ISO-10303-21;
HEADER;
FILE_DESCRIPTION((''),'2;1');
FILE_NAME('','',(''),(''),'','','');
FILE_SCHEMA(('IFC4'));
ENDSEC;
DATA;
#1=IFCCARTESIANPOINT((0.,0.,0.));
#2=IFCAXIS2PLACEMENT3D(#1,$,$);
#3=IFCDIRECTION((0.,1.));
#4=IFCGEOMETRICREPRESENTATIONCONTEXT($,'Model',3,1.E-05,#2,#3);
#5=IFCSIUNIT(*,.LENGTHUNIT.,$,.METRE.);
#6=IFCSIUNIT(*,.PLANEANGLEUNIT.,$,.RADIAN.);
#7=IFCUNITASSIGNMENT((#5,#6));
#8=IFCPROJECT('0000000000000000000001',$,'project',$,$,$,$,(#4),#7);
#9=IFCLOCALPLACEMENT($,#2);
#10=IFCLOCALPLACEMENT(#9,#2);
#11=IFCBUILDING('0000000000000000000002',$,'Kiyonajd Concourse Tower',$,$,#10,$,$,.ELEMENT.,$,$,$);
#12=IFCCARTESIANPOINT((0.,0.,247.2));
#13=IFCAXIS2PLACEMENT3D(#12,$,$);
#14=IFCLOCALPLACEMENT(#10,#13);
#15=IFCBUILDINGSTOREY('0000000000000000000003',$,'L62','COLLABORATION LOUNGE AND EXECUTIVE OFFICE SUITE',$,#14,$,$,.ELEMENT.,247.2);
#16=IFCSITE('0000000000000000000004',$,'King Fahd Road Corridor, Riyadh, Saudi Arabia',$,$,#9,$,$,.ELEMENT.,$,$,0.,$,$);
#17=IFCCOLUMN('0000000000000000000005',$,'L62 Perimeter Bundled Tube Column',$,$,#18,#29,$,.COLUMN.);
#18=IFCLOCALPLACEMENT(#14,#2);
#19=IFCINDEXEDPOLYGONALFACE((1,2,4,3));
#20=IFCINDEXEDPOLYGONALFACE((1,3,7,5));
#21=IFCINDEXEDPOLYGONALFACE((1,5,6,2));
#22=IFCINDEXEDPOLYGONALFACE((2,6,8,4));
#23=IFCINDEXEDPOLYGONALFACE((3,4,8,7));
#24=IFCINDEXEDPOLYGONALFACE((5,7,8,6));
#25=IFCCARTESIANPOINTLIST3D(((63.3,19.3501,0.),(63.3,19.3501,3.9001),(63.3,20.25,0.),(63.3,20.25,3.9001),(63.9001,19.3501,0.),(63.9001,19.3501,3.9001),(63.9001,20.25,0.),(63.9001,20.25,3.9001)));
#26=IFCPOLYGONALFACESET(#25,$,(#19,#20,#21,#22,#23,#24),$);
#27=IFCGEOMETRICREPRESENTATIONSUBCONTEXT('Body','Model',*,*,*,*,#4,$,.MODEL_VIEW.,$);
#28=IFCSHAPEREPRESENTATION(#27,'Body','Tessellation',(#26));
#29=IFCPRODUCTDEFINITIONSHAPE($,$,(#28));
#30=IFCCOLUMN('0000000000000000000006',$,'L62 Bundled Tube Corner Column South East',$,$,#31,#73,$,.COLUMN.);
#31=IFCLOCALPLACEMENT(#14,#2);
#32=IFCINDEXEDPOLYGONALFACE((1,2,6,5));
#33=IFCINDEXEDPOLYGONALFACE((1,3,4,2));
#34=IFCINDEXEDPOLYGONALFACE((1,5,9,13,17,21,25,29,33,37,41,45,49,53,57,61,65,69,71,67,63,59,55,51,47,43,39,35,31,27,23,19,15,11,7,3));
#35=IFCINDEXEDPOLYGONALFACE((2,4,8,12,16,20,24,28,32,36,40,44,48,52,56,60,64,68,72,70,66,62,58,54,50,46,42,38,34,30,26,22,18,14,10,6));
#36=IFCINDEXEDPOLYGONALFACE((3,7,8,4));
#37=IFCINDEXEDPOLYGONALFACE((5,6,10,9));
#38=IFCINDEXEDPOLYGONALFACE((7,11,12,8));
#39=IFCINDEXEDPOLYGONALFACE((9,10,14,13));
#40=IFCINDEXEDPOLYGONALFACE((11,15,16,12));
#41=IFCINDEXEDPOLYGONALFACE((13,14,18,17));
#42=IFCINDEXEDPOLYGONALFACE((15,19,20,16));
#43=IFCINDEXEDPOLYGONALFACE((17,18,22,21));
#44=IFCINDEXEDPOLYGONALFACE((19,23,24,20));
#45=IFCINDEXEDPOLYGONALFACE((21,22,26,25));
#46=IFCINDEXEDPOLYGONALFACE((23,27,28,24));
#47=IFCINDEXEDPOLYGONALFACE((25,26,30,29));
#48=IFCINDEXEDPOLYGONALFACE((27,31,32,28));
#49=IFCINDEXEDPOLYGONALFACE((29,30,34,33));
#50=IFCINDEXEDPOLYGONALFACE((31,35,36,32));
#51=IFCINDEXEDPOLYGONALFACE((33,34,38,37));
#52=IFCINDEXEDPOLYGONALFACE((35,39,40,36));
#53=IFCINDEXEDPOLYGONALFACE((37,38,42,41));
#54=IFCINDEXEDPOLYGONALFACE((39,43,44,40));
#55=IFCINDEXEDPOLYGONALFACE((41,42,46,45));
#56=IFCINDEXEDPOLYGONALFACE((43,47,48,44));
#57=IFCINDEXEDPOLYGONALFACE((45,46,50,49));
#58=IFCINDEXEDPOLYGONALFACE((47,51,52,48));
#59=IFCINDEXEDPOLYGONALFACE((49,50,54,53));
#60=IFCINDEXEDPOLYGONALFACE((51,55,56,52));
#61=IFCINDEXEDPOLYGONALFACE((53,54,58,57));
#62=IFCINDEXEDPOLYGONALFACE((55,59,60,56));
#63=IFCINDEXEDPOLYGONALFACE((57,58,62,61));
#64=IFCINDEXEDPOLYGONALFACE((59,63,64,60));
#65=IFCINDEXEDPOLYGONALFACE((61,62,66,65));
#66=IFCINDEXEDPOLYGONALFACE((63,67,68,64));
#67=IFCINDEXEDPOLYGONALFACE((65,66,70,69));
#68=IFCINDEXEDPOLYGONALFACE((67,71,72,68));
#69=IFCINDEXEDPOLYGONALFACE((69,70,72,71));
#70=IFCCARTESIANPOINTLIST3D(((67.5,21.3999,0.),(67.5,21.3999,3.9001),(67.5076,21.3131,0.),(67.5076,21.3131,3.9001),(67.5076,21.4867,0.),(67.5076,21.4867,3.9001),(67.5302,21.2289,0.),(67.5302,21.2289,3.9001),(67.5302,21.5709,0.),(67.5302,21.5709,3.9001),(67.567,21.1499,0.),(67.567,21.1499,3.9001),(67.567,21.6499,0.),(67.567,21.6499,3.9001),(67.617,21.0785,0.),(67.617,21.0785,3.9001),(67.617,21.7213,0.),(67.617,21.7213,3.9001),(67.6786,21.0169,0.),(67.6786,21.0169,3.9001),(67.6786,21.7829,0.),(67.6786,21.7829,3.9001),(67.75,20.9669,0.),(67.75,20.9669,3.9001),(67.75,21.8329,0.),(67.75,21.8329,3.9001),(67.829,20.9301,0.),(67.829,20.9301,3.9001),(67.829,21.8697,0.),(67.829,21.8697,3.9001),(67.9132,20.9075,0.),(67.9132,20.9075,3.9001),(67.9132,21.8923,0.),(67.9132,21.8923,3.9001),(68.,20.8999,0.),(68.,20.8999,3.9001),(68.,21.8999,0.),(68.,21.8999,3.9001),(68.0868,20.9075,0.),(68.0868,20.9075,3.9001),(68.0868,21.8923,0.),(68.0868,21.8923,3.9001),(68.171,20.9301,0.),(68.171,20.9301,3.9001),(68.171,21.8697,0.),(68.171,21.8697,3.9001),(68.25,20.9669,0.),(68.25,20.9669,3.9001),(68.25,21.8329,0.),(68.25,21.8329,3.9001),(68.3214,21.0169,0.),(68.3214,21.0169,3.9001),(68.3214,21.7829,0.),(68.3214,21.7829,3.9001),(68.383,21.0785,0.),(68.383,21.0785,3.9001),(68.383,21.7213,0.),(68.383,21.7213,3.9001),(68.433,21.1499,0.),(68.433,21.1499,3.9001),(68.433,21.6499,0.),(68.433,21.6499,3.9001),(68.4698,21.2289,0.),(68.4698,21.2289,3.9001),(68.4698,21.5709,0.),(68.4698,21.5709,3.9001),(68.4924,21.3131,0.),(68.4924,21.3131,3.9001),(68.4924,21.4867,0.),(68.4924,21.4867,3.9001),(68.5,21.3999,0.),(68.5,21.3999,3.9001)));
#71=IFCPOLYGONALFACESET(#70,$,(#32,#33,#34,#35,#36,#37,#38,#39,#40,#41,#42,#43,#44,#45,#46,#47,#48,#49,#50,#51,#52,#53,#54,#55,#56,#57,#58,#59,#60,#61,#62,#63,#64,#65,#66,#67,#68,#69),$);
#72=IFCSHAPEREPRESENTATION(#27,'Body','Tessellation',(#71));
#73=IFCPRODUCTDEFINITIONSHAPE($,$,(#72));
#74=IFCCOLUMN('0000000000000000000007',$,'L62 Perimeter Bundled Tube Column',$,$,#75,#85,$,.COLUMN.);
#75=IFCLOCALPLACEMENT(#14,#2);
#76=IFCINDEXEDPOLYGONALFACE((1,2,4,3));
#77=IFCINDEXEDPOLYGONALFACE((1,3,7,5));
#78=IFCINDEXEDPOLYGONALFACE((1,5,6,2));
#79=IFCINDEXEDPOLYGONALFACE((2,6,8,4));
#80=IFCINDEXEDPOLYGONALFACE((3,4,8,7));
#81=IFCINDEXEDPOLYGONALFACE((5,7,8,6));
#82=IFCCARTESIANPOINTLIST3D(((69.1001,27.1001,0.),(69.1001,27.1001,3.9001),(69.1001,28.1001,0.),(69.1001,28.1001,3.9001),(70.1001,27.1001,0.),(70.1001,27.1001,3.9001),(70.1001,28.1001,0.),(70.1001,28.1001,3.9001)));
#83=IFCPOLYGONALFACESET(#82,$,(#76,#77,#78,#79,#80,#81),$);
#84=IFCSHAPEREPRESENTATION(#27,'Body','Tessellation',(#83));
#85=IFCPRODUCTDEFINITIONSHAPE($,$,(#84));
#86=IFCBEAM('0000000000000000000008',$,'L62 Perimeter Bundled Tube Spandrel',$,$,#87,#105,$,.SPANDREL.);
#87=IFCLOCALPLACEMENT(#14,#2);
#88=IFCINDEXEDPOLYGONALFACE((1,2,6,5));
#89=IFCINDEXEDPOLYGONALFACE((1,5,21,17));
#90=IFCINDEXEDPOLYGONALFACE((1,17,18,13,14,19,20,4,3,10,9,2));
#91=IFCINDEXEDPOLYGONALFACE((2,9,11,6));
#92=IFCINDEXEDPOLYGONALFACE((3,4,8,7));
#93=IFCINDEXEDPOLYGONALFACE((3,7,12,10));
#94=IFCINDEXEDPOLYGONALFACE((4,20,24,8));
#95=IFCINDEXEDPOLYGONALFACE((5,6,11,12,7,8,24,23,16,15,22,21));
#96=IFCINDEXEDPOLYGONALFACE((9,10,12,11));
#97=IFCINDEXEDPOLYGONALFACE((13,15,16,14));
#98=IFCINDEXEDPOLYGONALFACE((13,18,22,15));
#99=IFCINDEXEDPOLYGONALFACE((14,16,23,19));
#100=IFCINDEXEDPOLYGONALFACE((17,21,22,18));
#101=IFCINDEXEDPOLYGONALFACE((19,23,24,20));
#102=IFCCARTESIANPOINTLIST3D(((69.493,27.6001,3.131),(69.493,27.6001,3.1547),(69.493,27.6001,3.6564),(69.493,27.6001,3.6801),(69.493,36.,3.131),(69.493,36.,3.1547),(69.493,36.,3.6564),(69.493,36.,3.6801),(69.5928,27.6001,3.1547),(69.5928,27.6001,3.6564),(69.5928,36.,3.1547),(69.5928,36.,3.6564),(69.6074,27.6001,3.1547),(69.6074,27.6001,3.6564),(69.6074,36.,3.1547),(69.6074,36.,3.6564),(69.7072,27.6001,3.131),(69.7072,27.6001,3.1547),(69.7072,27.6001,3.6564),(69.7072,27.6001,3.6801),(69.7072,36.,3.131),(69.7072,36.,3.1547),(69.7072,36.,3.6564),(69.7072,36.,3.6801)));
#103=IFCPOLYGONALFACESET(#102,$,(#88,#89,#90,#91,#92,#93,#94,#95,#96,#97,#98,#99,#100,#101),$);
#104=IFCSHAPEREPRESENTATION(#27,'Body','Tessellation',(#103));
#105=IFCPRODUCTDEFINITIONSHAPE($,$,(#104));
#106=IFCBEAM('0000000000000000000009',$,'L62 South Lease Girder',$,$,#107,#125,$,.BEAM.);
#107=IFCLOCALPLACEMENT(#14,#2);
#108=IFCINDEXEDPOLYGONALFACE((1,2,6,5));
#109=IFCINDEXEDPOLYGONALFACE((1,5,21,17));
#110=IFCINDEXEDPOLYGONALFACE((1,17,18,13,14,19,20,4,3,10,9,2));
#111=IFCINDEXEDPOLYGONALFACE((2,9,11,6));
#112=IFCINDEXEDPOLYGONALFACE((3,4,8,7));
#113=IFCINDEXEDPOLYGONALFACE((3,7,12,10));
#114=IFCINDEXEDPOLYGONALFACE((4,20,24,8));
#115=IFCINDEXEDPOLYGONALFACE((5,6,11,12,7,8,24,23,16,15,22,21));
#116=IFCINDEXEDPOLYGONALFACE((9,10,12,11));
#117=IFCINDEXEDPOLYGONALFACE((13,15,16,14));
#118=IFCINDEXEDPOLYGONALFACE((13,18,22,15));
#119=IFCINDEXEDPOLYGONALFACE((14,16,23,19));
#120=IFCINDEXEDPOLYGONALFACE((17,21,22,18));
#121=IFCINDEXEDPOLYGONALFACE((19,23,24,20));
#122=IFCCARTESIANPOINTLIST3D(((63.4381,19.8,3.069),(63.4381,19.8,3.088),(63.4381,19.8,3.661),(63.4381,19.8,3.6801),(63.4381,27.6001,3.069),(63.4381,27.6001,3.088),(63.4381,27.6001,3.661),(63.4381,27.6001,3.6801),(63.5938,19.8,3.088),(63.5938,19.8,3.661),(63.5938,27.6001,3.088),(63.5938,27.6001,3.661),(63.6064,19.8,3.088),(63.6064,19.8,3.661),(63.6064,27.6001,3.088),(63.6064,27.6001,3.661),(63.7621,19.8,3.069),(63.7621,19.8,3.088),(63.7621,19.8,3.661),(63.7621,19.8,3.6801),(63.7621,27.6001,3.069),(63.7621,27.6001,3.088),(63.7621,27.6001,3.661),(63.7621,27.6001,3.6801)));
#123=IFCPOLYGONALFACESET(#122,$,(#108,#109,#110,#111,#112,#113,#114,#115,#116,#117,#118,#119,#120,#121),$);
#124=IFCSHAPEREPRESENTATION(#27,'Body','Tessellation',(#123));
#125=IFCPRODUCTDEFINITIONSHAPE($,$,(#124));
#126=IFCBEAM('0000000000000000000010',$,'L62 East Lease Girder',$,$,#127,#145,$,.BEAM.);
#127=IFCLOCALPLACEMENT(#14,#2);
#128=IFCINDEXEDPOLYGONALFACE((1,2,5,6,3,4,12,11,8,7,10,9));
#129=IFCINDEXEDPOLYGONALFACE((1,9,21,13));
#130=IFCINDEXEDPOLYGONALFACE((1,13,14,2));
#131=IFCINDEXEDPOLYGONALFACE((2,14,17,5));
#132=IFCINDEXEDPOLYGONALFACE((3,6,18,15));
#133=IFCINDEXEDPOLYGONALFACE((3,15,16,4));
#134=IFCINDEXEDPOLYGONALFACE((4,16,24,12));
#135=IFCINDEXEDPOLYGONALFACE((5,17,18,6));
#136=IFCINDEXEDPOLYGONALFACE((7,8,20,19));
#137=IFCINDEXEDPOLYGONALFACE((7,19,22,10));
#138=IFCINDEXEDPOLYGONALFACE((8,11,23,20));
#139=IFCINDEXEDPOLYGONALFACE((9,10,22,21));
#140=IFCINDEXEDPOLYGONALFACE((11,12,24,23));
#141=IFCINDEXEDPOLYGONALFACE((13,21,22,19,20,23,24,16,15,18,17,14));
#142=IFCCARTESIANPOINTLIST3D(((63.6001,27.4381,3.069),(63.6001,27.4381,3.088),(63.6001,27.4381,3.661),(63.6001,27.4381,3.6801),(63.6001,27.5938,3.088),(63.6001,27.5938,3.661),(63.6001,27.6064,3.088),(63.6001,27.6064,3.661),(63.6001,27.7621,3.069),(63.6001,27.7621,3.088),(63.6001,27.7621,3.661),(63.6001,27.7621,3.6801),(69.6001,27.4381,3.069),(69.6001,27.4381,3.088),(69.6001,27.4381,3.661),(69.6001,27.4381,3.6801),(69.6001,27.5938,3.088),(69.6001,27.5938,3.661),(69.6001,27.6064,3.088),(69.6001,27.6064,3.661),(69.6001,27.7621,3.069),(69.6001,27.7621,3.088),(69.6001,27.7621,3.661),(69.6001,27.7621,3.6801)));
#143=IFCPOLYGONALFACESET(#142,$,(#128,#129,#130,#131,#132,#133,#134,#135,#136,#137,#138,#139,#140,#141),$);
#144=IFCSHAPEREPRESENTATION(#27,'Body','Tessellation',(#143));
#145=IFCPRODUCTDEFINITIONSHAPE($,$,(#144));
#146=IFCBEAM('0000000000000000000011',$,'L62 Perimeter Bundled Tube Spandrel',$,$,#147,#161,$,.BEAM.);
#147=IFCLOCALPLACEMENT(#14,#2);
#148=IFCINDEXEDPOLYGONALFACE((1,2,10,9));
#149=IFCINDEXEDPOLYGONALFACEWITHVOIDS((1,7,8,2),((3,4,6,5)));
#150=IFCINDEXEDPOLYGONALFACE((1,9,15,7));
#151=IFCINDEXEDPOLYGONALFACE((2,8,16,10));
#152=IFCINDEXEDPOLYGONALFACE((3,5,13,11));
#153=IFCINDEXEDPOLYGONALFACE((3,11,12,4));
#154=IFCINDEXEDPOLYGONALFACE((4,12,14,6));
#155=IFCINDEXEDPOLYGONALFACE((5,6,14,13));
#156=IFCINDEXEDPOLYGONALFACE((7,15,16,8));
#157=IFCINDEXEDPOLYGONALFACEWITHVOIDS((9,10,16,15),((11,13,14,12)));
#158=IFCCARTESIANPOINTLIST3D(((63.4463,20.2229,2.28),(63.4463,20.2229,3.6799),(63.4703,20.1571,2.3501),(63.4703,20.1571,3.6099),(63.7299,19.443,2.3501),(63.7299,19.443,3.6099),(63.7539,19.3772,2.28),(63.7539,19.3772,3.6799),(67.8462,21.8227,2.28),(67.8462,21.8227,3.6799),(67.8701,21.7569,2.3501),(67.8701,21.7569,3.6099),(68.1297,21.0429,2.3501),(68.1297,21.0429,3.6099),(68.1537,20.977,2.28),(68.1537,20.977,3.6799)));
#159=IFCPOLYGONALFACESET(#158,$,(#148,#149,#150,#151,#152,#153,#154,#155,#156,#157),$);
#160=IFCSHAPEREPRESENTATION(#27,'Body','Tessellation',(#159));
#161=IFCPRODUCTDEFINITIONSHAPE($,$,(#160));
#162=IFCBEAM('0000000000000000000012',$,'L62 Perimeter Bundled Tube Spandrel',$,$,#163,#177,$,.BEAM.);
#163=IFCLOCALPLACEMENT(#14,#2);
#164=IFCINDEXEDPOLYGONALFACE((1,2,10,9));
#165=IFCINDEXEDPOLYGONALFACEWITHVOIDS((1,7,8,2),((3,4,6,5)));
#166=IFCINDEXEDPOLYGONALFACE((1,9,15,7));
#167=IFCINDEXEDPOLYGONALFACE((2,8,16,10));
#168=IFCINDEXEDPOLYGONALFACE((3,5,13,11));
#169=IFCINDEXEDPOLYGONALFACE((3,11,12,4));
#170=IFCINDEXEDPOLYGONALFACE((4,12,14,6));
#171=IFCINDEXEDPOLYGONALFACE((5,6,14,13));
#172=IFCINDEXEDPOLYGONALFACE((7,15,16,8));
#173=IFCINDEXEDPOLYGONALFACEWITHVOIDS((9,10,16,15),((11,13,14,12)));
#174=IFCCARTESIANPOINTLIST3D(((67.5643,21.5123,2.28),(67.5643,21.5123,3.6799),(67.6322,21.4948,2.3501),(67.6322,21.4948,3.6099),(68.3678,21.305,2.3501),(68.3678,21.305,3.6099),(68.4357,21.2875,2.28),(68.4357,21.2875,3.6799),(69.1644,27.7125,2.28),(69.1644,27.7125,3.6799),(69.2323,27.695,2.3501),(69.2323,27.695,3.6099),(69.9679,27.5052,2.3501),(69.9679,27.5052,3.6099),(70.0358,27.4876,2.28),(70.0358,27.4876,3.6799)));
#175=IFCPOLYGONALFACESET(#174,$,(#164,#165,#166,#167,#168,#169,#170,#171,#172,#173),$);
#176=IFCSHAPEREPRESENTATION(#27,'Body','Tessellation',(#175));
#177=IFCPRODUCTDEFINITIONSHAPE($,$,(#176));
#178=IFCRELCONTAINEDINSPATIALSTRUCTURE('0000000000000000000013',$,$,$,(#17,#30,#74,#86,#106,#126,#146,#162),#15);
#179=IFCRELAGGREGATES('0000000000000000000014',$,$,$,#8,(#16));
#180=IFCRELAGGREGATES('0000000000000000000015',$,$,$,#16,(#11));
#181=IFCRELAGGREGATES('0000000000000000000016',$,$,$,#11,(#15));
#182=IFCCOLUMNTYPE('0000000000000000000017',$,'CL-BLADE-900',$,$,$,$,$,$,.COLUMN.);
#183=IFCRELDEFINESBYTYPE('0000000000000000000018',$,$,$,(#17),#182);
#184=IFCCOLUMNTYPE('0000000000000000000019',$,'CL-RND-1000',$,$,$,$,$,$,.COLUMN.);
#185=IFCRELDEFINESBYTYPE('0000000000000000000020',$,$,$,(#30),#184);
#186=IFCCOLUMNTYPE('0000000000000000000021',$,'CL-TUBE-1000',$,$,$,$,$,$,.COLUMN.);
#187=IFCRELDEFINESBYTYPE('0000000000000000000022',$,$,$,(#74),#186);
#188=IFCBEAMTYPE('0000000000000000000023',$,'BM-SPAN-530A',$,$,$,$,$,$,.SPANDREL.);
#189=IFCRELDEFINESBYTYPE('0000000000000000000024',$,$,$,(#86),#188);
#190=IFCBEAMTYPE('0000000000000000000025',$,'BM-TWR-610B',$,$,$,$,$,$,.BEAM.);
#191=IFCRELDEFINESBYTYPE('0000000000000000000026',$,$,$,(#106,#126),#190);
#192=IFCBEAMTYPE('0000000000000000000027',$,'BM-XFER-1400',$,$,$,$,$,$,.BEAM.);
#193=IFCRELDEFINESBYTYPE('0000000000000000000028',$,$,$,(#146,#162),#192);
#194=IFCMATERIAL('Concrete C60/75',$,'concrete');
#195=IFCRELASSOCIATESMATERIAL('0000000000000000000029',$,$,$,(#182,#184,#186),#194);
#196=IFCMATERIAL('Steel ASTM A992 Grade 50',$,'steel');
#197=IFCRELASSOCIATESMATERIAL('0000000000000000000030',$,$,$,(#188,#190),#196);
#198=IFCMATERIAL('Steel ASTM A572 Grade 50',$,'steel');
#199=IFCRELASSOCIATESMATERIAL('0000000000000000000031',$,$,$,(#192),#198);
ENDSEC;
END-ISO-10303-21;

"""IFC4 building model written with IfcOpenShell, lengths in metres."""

from ifc_helpers import new_model, si_unit, direction, frame, origin, origin_2d, place, context, subcontext, project, spatial, rectangle, hollow_rectangle, circle, i_section, extrude, material, material_profile, profile_set, type_object, element, save


model = new_model("IFC4")

# Units and contexts
model_context = context("Model", 3, precision=1e-05, world=origin(), true_north=direction((0.0, 1.0)))
body_context = subcontext(model_context, "Body", "Model", "MODEL_VIEW")
ifc_project = project(units=[si_unit("LENGTHUNIT", "METRE"), si_unit("PLANEANGLEUNIT", "RADIAN")], contexts=[model_context])

# Site, building, storey
site_placement = place(None, origin())
site = spatial("IfcSite", under=ifc_project, at=site_placement, Name="King Fahd Road Corridor, Riyadh, Saudi Arabia", CompositionType="ELEMENT", RefElevation=0.0)
building_placement = place(site_placement, origin())
building = spatial("IfcBuilding", under=site, at=building_placement, Name="Kiyonajd Concourse Tower", CompositionType="ELEMENT")
storey_placement = place(building_placement, frame((0.0, 0.0, 247.2)))
storey = spatial("IfcBuildingStorey", under=building, at=storey_placement, Name="L62", Description="COLLABORATION LOUNGE AND EXECUTIVE OFFICE SUITE", CompositionType="ELEMENT", Elevation=247.2)

# Columns
ifc_material_1 = material(Name="Concrete C60/75", Category="concrete")
ifc_material_profile_1 = material_profile(ifc_material_1, rectangle(XDim=0.6001, YDim=0.8999, at=origin_2d()), Name="RC-900x600")
ifc_profile_set_1 = profile_set([ifc_material_profile_1], Name="Concrete C60/75")
column_type_1 = type_object("IfcColumnType", Name="CL-BLADE-900", PredefinedType="COLUMN", material=ifc_profile_set_1)
column_1_placement = place(storey_placement, frame((63.6001, 19.8, 0.0), z_axis=(0.0, 0.0, 1.0), x_axis=(1.0, 0.0, 0.0)))
element("IfcColumn", 1, at=column_1_placement, inside=storey, type_object=column_type_1, Name="L62 Perimeter Bundled Tube Column", PredefinedType="COLUMN", context=body_context, shape_type="SweptSolid", body=[
    extrude(rectangle(XDim=0.6001, YDim=0.8999, at=origin_2d()), origin(), (0.0, 0.0, 1.0), 3.9001),
])
ifc_material_profile_2 = material_profile(ifc_material_1, circle(Radius=0.5, at=origin_2d()), Name="RCC-D1000")
ifc_profile_set_2 = profile_set([ifc_material_profile_2], Name="Concrete C60/75")
column_type_2 = type_object("IfcColumnType", Name="CL-RND-1000", PredefinedType="COLUMN", material=ifc_profile_set_2)
column_2_placement = place(storey_placement, frame((68.0, 21.3999, 0.0), z_axis=(0.0, 0.0, 1.0), x_axis=(1.0, 0.0, 0.0)))
element("IfcColumn", 2, at=column_2_placement, inside=storey, type_object=column_type_2, Name="L62 Bundled Tube Corner Column South East", PredefinedType="COLUMN", context=body_context, shape_type="SweptSolid", body=[
    extrude(circle(Radius=0.5, at=origin_2d()), origin(), (0.0, 0.0, 1.0), 3.9001),
])
ifc_material_profile_3 = material_profile(ifc_material_1, rectangle(XDim=1.0, YDim=1.0, at=origin_2d()), Name="RC-1000x1000")
ifc_profile_set_3 = profile_set([ifc_material_profile_3], Name="Concrete C60/75")
column_type_3 = type_object("IfcColumnType", Name="CL-TUBE-1000", PredefinedType="COLUMN", material=ifc_profile_set_3)
column_3_placement = place(storey_placement, frame((69.6001, 27.6001, 0.0), z_axis=(0.0, 0.0, 1.0), x_axis=(1.0, 0.0, 0.0)))
element("IfcColumn", 3, at=column_3_placement, inside=storey, type_object=column_type_3, Name="L62 Perimeter Bundled Tube Column", PredefinedType="COLUMN", context=body_context, shape_type="SweptSolid", body=[
    extrude(rectangle(XDim=1.0, YDim=1.0, at=origin_2d()), origin(), (0.0, 0.0, 1.0), 3.9001),
])

# Beams
ifc_material_2 = material(Name="Steel ASTM A992 Grade 50", Category="steel")
ifc_material_profile_4 = material_profile(ifc_material_2, i_section(OverallWidth=0.2141, OverallDepth=0.5491, WebThickness=0.0146, FlangeThickness=0.0237, at=origin_2d()), Name="W530X138")
ifc_profile_set_4 = profile_set([ifc_material_profile_4], Name="Steel ASTM A992 Grade 50")
beam_type_1 = type_object("IfcBeamType", Name="BM-SPAN-530A", PredefinedType="SPANDREL", material=ifc_profile_set_4)
beam_1_placement = place(storey_placement, frame((69.6001, 27.6001, 3.4055), z_axis=(0.0, 1.0, 0.0), x_axis=(-1.0, 0.0, 0.0)))
element("IfcBeam", 4, at=beam_1_placement, inside=storey, type_object=beam_type_1, Name="L62 Perimeter Bundled Tube Spandrel", PredefinedType="SPANDREL", context=body_context, shape_type="SweptSolid", body=[
    extrude(i_section(OverallWidth=0.2141, OverallDepth=0.5491, WebThickness=0.0146, FlangeThickness=0.0237, at=origin_2d()), origin(), (0.0, 0.0, 1.0), 8.3999),
])
ifc_material_profile_5 = material_profile(ifc_material_2, i_section(OverallWidth=0.324, OverallDepth=0.6111, WebThickness=0.0127, FlangeThickness=0.019, at=origin_2d()), Name="W610X155")
ifc_profile_set_5 = profile_set([ifc_material_profile_5], Name="Steel ASTM A992 Grade 50")
beam_type_2 = type_object("IfcBeamType", Name="BM-TWR-610B", PredefinedType="BEAM", material=ifc_profile_set_5)
beam_2_placement = place(storey_placement, frame((63.6001, 19.8, 3.3745), z_axis=(0.0, 1.0, 0.0), x_axis=(-1.0, 0.0, 0.0)))
element("IfcBeam", 5, at=beam_2_placement, inside=storey, type_object=beam_type_2, Name="L62 South Lease Girder", PredefinedType="BEAM", context=body_context, shape_type="SweptSolid", body=[
    extrude(i_section(OverallWidth=0.324, OverallDepth=0.6111, WebThickness=0.0127, FlangeThickness=0.019, at=origin_2d()), origin(), (0.0, 0.0, 1.0), 7.8),
])
beam_3_placement = place(storey_placement, frame((63.6001, 27.6001, 3.3745), z_axis=(1.0, 0.0, 0.0), x_axis=(0.0, 1.0, 0.0)))
element("IfcBeam", 6, at=beam_3_placement, inside=storey, type_object=beam_type_2, Name="L62 East Lease Girder", PredefinedType="BEAM", context=body_context, shape_type="SweptSolid", body=[
    extrude(i_section(OverallWidth=0.324, OverallDepth=0.6111, WebThickness=0.0127, FlangeThickness=0.019, at=origin_2d()), origin(), (0.0, 0.0, 1.0), 6.0),
])
ifc_material_3 = material(Name="Steel ASTM A572 Grade 50", Category="steel")
ifc_material_profile_6 = material_profile(ifc_material_3, hollow_rectangle(XDim=0.8999, YDim=1.3999, WallThickness=0.0701, at=origin_2d()), Name="BOX-1400x900x70")
ifc_profile_set_6 = profile_set([ifc_material_profile_6], Name="Steel ASTM A572 Grade 50")
beam_type_3 = type_object("IfcBeamType", Name="BM-XFER-1400", PredefinedType="BEAM", material=ifc_profile_set_6)
beam_4_placement = place(storey_placement, frame((63.6001, 19.8, 2.98), z_axis=(0.939801, 0.341722, 0.0), x_axis=(-0.341722, 0.939801, 0.0)))
element("IfcBeam", 7, at=beam_4_placement, inside=storey, type_object=beam_type_3, Name="L62 Perimeter Bundled Tube Spandrel", PredefinedType="BEAM", context=body_context, shape_type="SweptSolid", body=[
    extrude(hollow_rectangle(XDim=0.8999, YDim=1.3999, WallThickness=0.0701, at=origin_2d()), origin(), (0.0, 0.0, 1.0), 4.6816),
])
beam_5_placement = place(storey_placement, frame((68.0, 21.3999, 2.98), z_axis=(0.249885, 0.968276, 0.0), x_axis=(-0.968276, 0.249885, 0.0)))
element("IfcBeam", 8, at=beam_5_placement, inside=storey, type_object=beam_type_3, Name="L62 Perimeter Bundled Tube Spandrel", PredefinedType="BEAM", context=body_context, shape_type="SweptSolid", body=[
    extrude(hollow_rectangle(XDim=0.8999, YDim=1.3999, WallThickness=0.0701, at=origin_2d()), origin(), (0.0, 0.0, 1.0), 6.4033),
])

save(model, "model.ifc")
